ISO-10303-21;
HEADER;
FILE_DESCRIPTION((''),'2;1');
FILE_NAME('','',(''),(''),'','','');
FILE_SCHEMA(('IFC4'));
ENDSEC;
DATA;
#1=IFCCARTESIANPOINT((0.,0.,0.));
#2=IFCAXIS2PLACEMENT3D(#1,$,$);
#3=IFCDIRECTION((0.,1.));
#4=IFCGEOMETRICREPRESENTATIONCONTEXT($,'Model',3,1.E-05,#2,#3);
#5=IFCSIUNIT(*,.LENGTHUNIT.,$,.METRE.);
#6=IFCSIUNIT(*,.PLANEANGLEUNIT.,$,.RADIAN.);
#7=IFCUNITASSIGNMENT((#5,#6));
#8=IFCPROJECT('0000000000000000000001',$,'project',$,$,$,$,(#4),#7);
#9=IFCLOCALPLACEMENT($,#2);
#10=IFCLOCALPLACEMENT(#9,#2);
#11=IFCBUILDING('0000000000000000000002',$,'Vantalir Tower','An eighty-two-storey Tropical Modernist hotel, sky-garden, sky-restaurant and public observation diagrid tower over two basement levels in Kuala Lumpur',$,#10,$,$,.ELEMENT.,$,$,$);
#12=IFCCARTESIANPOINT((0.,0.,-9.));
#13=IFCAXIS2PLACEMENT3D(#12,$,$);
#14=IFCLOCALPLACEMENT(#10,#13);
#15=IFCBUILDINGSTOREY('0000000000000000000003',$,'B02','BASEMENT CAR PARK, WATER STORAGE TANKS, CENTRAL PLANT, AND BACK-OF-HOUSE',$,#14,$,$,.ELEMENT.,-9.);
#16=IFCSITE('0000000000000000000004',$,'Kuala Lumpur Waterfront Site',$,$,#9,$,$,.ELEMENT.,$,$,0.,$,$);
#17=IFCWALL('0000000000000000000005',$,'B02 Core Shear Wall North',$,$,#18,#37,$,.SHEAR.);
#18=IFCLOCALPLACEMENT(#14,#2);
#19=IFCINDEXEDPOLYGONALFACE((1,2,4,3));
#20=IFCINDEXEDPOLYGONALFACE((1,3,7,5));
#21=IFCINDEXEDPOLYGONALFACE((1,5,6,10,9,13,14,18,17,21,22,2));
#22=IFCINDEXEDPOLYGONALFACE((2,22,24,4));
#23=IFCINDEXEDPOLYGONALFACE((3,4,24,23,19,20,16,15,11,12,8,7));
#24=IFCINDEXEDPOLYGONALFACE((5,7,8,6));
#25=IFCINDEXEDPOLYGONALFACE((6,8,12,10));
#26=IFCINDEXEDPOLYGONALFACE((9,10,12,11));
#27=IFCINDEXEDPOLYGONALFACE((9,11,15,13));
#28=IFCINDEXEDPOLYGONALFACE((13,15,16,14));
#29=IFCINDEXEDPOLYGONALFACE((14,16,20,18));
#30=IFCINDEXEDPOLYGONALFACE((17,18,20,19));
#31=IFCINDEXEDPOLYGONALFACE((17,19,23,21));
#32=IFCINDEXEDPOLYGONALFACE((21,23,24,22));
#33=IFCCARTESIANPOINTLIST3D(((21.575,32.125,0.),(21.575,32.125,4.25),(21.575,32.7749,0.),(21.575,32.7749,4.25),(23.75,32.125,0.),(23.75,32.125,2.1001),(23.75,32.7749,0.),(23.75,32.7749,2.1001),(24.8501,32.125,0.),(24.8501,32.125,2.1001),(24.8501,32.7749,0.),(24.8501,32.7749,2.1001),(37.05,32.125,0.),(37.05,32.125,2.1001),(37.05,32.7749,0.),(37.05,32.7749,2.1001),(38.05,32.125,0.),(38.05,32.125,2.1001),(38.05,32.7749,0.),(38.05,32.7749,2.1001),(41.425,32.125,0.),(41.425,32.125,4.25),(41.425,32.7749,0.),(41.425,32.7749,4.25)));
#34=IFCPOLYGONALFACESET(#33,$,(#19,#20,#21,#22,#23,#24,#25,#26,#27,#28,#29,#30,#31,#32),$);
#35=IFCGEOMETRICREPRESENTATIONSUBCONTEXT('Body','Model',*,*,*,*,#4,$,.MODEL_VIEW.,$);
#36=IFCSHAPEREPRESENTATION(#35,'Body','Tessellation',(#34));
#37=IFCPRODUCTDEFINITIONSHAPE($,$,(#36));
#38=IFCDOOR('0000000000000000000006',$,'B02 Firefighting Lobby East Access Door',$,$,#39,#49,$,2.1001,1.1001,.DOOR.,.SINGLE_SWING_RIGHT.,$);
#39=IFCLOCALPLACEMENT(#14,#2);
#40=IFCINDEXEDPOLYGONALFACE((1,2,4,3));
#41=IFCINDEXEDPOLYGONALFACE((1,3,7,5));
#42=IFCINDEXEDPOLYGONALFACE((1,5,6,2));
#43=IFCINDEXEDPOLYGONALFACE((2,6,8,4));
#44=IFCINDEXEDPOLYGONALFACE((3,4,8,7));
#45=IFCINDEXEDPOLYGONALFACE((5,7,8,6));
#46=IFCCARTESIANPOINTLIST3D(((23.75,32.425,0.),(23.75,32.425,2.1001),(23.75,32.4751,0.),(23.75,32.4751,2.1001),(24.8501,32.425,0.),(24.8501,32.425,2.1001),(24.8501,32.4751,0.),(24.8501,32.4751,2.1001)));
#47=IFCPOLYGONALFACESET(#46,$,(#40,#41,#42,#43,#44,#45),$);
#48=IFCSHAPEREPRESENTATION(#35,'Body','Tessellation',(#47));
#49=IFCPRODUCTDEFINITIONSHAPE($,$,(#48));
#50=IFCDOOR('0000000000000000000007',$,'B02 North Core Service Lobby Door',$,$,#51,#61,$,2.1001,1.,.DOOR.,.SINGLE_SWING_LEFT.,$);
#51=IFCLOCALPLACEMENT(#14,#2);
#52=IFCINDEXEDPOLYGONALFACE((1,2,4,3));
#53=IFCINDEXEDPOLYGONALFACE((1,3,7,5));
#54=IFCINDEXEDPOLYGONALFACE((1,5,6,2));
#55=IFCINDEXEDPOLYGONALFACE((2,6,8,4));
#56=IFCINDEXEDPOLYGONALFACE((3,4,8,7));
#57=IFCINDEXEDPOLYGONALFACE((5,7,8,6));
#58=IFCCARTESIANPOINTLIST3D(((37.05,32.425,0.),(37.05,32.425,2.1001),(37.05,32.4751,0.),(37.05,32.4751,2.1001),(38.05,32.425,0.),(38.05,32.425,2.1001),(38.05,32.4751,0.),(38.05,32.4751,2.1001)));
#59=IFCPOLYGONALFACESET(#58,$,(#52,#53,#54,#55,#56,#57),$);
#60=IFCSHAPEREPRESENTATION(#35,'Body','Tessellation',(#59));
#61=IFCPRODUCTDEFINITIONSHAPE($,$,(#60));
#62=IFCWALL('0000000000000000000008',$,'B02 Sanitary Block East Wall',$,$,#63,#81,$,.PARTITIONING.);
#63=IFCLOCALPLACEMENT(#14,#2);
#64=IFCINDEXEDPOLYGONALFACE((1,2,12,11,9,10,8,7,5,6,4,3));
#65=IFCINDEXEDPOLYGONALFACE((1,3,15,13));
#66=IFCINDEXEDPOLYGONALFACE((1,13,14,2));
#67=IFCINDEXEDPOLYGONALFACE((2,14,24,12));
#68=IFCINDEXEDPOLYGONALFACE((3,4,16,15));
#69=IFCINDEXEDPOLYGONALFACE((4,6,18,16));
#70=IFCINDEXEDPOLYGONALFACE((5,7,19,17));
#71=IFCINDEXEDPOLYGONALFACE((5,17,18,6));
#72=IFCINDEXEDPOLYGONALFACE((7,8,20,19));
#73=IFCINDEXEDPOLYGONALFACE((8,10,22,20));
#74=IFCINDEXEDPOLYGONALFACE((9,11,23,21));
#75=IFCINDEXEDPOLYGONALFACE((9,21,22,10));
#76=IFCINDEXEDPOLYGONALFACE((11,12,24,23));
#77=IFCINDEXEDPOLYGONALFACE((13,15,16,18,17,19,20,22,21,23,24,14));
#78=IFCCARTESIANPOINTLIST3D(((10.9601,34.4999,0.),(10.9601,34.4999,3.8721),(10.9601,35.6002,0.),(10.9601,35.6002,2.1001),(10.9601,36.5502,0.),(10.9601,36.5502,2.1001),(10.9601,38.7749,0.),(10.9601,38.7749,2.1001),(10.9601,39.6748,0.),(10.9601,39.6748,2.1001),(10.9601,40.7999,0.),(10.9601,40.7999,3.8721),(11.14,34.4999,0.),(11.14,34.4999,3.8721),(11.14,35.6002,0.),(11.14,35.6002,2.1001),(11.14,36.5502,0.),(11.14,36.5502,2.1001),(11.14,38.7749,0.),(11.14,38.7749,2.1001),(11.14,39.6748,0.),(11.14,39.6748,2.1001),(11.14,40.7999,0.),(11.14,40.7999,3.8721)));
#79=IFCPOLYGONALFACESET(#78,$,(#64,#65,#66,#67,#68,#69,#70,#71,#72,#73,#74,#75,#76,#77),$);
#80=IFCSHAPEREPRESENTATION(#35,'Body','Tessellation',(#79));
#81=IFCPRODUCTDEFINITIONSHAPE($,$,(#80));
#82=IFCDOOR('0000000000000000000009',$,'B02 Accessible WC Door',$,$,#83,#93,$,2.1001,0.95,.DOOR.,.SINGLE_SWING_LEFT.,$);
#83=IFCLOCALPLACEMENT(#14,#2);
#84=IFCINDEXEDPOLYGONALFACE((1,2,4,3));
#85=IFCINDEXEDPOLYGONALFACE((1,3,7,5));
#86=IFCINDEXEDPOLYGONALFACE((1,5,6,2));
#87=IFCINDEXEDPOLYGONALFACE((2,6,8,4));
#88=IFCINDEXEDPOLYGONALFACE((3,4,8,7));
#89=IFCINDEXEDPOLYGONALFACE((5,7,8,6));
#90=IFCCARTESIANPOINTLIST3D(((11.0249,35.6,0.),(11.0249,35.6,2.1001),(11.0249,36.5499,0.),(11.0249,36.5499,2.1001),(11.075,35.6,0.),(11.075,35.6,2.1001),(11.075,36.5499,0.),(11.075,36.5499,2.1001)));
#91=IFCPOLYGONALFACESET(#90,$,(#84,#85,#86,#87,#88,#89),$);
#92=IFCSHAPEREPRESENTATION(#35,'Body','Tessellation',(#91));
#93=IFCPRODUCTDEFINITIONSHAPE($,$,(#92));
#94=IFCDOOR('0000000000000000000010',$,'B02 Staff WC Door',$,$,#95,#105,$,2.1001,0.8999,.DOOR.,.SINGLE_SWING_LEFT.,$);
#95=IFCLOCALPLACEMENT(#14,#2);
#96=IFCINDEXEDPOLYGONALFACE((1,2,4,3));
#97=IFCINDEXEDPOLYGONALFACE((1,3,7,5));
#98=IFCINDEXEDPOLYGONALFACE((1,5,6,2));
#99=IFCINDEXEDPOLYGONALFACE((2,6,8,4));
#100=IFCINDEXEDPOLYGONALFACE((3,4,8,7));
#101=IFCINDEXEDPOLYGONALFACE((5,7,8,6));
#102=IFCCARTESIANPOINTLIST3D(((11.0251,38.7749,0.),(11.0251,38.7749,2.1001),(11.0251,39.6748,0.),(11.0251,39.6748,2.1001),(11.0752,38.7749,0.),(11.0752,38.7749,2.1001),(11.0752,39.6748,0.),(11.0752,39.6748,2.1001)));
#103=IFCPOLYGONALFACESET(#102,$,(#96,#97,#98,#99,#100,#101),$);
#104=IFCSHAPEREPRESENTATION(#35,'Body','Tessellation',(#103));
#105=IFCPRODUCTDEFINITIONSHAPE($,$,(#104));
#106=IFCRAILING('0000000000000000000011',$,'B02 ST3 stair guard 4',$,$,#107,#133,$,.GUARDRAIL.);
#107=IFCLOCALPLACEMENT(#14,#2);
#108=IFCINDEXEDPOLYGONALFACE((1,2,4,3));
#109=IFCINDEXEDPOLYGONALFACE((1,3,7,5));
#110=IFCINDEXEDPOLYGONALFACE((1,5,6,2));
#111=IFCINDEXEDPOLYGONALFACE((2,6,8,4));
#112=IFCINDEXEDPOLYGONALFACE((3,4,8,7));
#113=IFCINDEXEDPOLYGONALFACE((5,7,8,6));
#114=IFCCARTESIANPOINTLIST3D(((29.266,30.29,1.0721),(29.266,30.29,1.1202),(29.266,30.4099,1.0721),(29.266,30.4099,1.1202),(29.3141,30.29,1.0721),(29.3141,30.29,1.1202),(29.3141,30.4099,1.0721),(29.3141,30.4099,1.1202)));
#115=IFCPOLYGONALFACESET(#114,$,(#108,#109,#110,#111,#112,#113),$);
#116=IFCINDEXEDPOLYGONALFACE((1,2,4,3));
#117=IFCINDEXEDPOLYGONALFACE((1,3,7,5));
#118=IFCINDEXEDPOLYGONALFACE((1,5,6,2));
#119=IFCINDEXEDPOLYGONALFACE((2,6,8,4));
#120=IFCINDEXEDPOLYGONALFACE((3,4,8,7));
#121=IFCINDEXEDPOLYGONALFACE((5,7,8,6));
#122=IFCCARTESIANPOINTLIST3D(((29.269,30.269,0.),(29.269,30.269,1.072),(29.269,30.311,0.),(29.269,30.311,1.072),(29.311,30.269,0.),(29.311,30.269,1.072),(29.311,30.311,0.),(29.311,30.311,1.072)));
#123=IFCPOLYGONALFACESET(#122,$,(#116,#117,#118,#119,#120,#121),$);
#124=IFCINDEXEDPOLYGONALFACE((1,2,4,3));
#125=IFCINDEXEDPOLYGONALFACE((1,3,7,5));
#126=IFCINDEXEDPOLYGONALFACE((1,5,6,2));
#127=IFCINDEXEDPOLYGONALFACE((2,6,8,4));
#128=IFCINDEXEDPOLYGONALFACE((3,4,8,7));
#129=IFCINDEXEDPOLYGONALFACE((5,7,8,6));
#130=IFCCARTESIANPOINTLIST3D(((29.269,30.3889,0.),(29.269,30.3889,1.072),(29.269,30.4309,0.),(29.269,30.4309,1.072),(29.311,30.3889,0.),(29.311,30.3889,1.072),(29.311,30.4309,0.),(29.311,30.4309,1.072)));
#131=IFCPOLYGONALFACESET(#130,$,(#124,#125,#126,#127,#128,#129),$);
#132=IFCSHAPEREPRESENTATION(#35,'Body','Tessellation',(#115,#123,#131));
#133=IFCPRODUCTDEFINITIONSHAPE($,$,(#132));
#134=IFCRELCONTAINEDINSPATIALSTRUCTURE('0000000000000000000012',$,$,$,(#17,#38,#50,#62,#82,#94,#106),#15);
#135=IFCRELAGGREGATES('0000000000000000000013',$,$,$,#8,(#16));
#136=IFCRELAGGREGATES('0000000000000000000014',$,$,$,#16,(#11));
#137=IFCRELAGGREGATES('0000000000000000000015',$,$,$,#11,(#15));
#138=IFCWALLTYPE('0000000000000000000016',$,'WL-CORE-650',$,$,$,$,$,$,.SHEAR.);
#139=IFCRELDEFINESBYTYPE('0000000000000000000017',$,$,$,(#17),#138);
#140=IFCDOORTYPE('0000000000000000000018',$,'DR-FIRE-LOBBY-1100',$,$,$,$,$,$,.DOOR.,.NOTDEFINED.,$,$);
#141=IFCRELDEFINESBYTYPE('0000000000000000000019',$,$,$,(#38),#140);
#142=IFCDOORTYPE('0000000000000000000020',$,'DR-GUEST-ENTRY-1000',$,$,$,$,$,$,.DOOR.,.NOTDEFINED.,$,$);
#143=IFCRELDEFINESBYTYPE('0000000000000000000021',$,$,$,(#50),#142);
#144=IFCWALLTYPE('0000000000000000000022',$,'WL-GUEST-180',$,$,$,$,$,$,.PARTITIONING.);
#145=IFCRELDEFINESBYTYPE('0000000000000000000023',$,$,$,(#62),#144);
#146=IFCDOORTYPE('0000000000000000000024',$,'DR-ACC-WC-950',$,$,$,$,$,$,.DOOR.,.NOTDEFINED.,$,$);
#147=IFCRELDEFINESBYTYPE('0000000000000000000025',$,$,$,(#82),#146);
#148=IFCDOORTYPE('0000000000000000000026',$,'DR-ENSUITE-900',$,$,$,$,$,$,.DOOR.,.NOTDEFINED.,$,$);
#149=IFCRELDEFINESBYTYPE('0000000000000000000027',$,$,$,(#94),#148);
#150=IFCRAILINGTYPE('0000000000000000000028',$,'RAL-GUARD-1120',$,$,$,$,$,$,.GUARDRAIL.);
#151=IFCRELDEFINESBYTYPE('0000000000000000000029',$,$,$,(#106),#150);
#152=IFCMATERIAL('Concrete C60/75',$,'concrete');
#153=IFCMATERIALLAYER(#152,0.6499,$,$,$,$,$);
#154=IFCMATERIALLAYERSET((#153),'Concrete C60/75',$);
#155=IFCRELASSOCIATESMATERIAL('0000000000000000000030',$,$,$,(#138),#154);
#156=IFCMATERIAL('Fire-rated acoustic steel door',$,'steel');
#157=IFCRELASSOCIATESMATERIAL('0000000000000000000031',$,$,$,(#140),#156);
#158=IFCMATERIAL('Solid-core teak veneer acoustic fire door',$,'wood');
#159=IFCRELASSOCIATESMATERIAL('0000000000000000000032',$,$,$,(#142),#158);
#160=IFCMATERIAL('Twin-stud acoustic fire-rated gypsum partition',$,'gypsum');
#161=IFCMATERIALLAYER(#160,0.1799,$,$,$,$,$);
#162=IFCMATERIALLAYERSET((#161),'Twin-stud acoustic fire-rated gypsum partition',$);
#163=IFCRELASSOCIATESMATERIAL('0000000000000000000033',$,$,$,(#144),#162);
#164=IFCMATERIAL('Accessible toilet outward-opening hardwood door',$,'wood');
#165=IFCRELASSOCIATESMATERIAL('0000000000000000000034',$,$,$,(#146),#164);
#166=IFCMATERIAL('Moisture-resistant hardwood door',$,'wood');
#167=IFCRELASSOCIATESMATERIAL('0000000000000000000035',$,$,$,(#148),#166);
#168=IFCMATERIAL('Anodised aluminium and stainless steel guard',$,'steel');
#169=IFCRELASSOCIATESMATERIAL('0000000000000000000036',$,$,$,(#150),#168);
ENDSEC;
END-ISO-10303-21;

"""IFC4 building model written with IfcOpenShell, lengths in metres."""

from ifc_helpers import new_model, si_unit, direction, frame, frame_2d, origin, origin_2d, place, context, subcontext, project, spatial, rectangle, extrude, material, layer, layer_set, type_object, element, fill, save


model = new_model("IFC4")

# Units and contexts
model_context = context("Model", 3, precision=1e-05, world=origin(), true_north=direction((0.0, 1.0)))
body_context = subcontext(model_context, "Body", "Model", "MODEL_VIEW")
ifc_project = project(units=[si_unit("LENGTHUNIT", "METRE"), si_unit("PLANEANGLEUNIT", "RADIAN")], contexts=[model_context])

# Site, building, storey
site_placement = place(None, origin())
site = spatial("IfcSite", under=ifc_project, at=site_placement, Name="Kuala Lumpur Waterfront Site", CompositionType="ELEMENT", RefElevation=0.0)
building_placement = place(site_placement, origin())
building = spatial("IfcBuilding", under=site, at=building_placement, Name="Vantalir Tower", Description="An eighty-two-storey Tropical Modernist hotel, sky-garden, sky-restaurant and public observation diagrid tower over two basement levels in Kuala Lumpur", CompositionType="ELEMENT")
storey_placement = place(building_placement, frame((0.0, 0.0, -9.0)))
storey = spatial("IfcBuildingStorey", under=building, at=storey_placement, Name="B02", Description="BASEMENT CAR PARK, WATER STORAGE TANKS, CENTRAL PLANT, AND BACK-OF-HOUSE", CompositionType="ELEMENT", Elevation=-9.0)

# Shared definitions
ifc_material_1 = material(Name="Concrete C60/75", Category="concrete")

# Walls, openings, doors
ifc_layer_1 = layer(ifc_material_1, 0.6499)
ifc_layer_set_1 = layer_set([ifc_layer_1], Name="Concrete C60/75")
wall_type_1 = type_object("IfcWallType", Name="WL-CORE-650", PredefinedType="SHEAR", material=ifc_layer_set_1)
wall_1_placement = place(storey_placement, frame((21.575, 32.45, 0.0), z_axis=(0.0, 0.0, 1.0), x_axis=(1.0, 0.0, 0.0)))
wall_1 = element("IfcWall", 1, at=wall_1_placement, inside=storey, type_object=wall_type_1, Name="B02 Core Shear Wall North", PredefinedType="SHEAR", context=body_context, shape_type="SweptSolid", body=[
    extrude(rectangle(XDim=19.8501, YDim=0.6499, at=frame_2d((9.925, 0.0))), origin(), (0.0, 0.0, 1.0), 4.25),
])
opening_1_placement = place(wall_1_placement, frame((2.175, 0.0, 0.0)))
opening_1 = element("IfcOpeningElement", 2, at=opening_1_placement, cuts=wall_1, PredefinedType="OPENING", context=body_context, shape_type="SweptSolid", body=[
    extrude(rectangle(XDim=1.1001, YDim=2.1001, at=frame_2d((0.55, 1.05))), frame((0.0, 0.335, 0.0), z_axis=(0.0, -1.0, 0.0), x_axis=(1.0, 0.0, 0.0)), (0.0, 0.0, 1.0), 0.6699),
])
opening_2_placement = place(wall_1_placement, frame((15.4751, 0.0, 0.0)))
opening_2 = element("IfcOpeningElement", 3, at=opening_2_placement, cuts=wall_1, PredefinedType="OPENING", context=body_context, shape_type="SweptSolid", body=[
    extrude(rectangle(XDim=1.0, YDim=2.1001, at=frame_2d((0.5, 1.05))), frame((0.0, 0.335, 0.0), z_axis=(0.0, -1.0, 0.0), x_axis=(1.0, 0.0, 0.0)), (0.0, 0.0, 1.0), 0.6699),
])
ifc_material_2 = material(Name="Fire-rated acoustic steel door", Category="steel")
door_type_1 = type_object("IfcDoorType", Name="DR-FIRE-LOBBY-1100", OperationType="NOTDEFINED", PredefinedType="DOOR", material=ifc_material_2)
door_1_placement = place(opening_1_placement, frame((1.1001, 0.0, 0.0), z_axis=(0.0, 0.0, 1.0), x_axis=(-1.0, 0.0, 0.0)))
door_1 = element("IfcDoor", 4, at=door_1_placement, inside=storey, type_object=door_type_1, Name="B02 Firefighting Lobby East Access Door", OperationType="SINGLE_SWING_RIGHT", OverallHeight=2.1001, OverallWidth=1.1001, PredefinedType="DOOR", context=body_context, shape_type="SweptSolid", body=[
    extrude(rectangle(XDim=1.1001, YDim=2.1001, at=frame_2d((0.55, 1.05))), frame((0.0, 0.0249, 0.0), z_axis=(0.0, -1.0, 0.0), x_axis=(1.0, 0.0, 0.0)), (0.0, 0.0, 1.0), 0.05),
])
fill(opening_1, door_1)
ifc_material_3 = material(Name="Solid-core teak veneer acoustic fire door", Category="wood")
door_type_2 = type_object("IfcDoorType", Name="DR-GUEST-ENTRY-1000", OperationType="NOTDEFINED", PredefinedType="DOOR", material=ifc_material_3)
door_2_placement = place(opening_2_placement, frame((1.0, 0.0, 0.0), z_axis=(0.0, 0.0, 1.0), x_axis=(-1.0, 0.0, 0.0)))
door_2 = element("IfcDoor", 5, at=door_2_placement, inside=storey, type_object=door_type_2, Name="B02 North Core Service Lobby Door", OperationType="SINGLE_SWING_LEFT", OverallHeight=2.1001, OverallWidth=1.0, PredefinedType="DOOR", context=body_context, shape_type="SweptSolid", body=[
    extrude(rectangle(XDim=1.0, YDim=2.1001, at=frame_2d((0.5, 1.05))), frame((0.0, 0.0249, 0.0), z_axis=(0.0, -1.0, 0.0), x_axis=(1.0, 0.0, 0.0)), (0.0, 0.0, 1.0), 0.05),
])
fill(opening_2, door_2)
ifc_material_4 = material(Name="Twin-stud acoustic fire-rated gypsum partition", Category="gypsum")
ifc_layer_2 = layer(ifc_material_4, 0.1799)
ifc_layer_set_2 = layer_set([ifc_layer_2], Name="Twin-stud acoustic fire-rated gypsum partition")
wall_type_2 = type_object("IfcWallType", Name="WL-GUEST-180", PredefinedType="PARTITIONING", material=ifc_layer_set_2)
wall_2_placement = place(storey_placement, frame((11.05, 34.5, 0.0), z_axis=(0.0, 0.0, 1.0), x_axis=(0.0, 1.0, 0.0)))
wall_2 = element("IfcWall", 6, at=wall_2_placement, inside=storey, type_object=wall_type_2, Name="B02 Sanitary Block East Wall", PredefinedType="PARTITIONING", context=body_context, shape_type="SweptSolid", body=[
    extrude(rectangle(XDim=6.3, YDim=0.1799, at=frame_2d((3.1499, 0.0))), origin(), (0.0, 0.0, 1.0), 3.8721),
])
opening_3_placement = place(wall_2_placement, frame((1.1001, 0.0, 0.0)))
opening_3 = element("IfcOpeningElement", 7, at=opening_3_placement, cuts=wall_2, PredefinedType="OPENING", context=body_context, shape_type="SweptSolid", body=[
    extrude(rectangle(XDim=0.95, YDim=2.1001, at=frame_2d((0.4751, 1.05))), frame((0.0, 0.0999, 0.0), z_axis=(0.0, -1.0, 0.0), x_axis=(1.0, 0.0, 0.0)), (0.0, 0.0, 1.0), 0.2),
])
opening_4_placement = place(wall_2_placement, frame((4.2749, 0.0, 0.0)))
opening_4 = element("IfcOpeningElement", 8, at=opening_4_placement, cuts=wall_2, PredefinedType="OPENING", context=body_context, shape_type="SweptSolid", body=[
    extrude(rectangle(XDim=0.8999, YDim=2.1001, at=frame_2d((0.45, 1.05))), frame((0.0, 0.0999, 0.0), z_axis=(0.0, -1.0, 0.0), x_axis=(1.0, 0.0, 0.0)), (0.0, 0.0, 1.0), 0.2),
])
ifc_material_5 = material(Name="Accessible toilet outward-opening hardwood door", Category="wood")
door_type_3 = type_object("IfcDoorType", Name="DR-ACC-WC-950", OperationType="NOTDEFINED", PredefinedType="DOOR", material=ifc_material_5)
door_3_placement = place(opening_3_placement, frame((0.95, 0.0, 0.0), z_axis=(0.0, 0.0, 1.0), x_axis=(-1.0, 0.0, 0.0)))
door_3 = element("IfcDoor", 9, at=door_3_placement, inside=storey, type_object=door_type_3, Name="B02 Accessible WC Door", OperationType="SINGLE_SWING_LEFT", OverallHeight=2.1001, OverallWidth=0.95, PredefinedType="DOOR", context=body_context, shape_type="SweptSolid", body=[
    extrude(rectangle(XDim=0.95, YDim=2.1001, at=frame_2d((0.4751, 1.05))), frame((0.0, 0.0249, 0.0), z_axis=(0.0, -1.0, 0.0), x_axis=(1.0, 0.0, 0.0)), (0.0, 0.0, 1.0), 0.05),
])
fill(opening_3, door_3)
ifc_material_6 = material(Name="Moisture-resistant hardwood door", Category="wood")
door_type_4 = type_object("IfcDoorType", Name="DR-ENSUITE-900", OperationType="NOTDEFINED", PredefinedType="DOOR", material=ifc_material_6)
door_4_placement = place(opening_4_placement, origin())
door_4 = element("IfcDoor", 10, at=door_4_placement, inside=storey, type_object=door_type_4, Name="B02 Staff WC Door", OperationType="SINGLE_SWING_LEFT", OverallHeight=2.1001, OverallWidth=0.8999, PredefinedType="DOOR", context=body_context, shape_type="SweptSolid", body=[
    extrude(rectangle(XDim=0.8999, YDim=2.1001, at=frame_2d((0.45, 1.05))), frame((0.0, 0.0249, 0.0), z_axis=(0.0, -1.0, 0.0), x_axis=(1.0, 0.0, 0.0)), (0.0, 0.0, 1.0), 0.05),
])
fill(opening_4, door_4)

# Railing
ifc_material_7 = material(Name="Anodised aluminium and stainless steel guard", Category="steel")
railing_type = type_object("IfcRailingType", Name="RAL-GUARD-1120", PredefinedType="GUARDRAIL", material=ifc_material_7)
railing_placement = place(storey_placement, frame((29.29, 30.29, 0.0)))
element("IfcRailing", 11, at=railing_placement, inside=storey, type_object=railing_type, Name="B02 ST3 stair guard 4", PredefinedType="GUARDRAIL", context=body_context, shape_type="SweptSolid", body=[
    extrude(rectangle(XDim=0.0481, YDim=0.0481, at=origin_2d()), frame((0.0, 0.0, 1.0962), z_axis=(0.0, 1.0, 0.0), x_axis=(-1.0, 0.0, 0.0)), (0.0, 0.0, 1.0), 0.1199),
    extrude(rectangle(XDim=0.042, YDim=0.042, at=origin_2d()), origin(), (0.0, 0.0, 1.0), 1.072),
    extrude(rectangle(XDim=0.042, YDim=0.042, at=origin_2d()), frame((0.0, 0.1199, 0.0)), (0.0, 0.0, 1.0), 1.072),
])

save(model, "model.ifc")
